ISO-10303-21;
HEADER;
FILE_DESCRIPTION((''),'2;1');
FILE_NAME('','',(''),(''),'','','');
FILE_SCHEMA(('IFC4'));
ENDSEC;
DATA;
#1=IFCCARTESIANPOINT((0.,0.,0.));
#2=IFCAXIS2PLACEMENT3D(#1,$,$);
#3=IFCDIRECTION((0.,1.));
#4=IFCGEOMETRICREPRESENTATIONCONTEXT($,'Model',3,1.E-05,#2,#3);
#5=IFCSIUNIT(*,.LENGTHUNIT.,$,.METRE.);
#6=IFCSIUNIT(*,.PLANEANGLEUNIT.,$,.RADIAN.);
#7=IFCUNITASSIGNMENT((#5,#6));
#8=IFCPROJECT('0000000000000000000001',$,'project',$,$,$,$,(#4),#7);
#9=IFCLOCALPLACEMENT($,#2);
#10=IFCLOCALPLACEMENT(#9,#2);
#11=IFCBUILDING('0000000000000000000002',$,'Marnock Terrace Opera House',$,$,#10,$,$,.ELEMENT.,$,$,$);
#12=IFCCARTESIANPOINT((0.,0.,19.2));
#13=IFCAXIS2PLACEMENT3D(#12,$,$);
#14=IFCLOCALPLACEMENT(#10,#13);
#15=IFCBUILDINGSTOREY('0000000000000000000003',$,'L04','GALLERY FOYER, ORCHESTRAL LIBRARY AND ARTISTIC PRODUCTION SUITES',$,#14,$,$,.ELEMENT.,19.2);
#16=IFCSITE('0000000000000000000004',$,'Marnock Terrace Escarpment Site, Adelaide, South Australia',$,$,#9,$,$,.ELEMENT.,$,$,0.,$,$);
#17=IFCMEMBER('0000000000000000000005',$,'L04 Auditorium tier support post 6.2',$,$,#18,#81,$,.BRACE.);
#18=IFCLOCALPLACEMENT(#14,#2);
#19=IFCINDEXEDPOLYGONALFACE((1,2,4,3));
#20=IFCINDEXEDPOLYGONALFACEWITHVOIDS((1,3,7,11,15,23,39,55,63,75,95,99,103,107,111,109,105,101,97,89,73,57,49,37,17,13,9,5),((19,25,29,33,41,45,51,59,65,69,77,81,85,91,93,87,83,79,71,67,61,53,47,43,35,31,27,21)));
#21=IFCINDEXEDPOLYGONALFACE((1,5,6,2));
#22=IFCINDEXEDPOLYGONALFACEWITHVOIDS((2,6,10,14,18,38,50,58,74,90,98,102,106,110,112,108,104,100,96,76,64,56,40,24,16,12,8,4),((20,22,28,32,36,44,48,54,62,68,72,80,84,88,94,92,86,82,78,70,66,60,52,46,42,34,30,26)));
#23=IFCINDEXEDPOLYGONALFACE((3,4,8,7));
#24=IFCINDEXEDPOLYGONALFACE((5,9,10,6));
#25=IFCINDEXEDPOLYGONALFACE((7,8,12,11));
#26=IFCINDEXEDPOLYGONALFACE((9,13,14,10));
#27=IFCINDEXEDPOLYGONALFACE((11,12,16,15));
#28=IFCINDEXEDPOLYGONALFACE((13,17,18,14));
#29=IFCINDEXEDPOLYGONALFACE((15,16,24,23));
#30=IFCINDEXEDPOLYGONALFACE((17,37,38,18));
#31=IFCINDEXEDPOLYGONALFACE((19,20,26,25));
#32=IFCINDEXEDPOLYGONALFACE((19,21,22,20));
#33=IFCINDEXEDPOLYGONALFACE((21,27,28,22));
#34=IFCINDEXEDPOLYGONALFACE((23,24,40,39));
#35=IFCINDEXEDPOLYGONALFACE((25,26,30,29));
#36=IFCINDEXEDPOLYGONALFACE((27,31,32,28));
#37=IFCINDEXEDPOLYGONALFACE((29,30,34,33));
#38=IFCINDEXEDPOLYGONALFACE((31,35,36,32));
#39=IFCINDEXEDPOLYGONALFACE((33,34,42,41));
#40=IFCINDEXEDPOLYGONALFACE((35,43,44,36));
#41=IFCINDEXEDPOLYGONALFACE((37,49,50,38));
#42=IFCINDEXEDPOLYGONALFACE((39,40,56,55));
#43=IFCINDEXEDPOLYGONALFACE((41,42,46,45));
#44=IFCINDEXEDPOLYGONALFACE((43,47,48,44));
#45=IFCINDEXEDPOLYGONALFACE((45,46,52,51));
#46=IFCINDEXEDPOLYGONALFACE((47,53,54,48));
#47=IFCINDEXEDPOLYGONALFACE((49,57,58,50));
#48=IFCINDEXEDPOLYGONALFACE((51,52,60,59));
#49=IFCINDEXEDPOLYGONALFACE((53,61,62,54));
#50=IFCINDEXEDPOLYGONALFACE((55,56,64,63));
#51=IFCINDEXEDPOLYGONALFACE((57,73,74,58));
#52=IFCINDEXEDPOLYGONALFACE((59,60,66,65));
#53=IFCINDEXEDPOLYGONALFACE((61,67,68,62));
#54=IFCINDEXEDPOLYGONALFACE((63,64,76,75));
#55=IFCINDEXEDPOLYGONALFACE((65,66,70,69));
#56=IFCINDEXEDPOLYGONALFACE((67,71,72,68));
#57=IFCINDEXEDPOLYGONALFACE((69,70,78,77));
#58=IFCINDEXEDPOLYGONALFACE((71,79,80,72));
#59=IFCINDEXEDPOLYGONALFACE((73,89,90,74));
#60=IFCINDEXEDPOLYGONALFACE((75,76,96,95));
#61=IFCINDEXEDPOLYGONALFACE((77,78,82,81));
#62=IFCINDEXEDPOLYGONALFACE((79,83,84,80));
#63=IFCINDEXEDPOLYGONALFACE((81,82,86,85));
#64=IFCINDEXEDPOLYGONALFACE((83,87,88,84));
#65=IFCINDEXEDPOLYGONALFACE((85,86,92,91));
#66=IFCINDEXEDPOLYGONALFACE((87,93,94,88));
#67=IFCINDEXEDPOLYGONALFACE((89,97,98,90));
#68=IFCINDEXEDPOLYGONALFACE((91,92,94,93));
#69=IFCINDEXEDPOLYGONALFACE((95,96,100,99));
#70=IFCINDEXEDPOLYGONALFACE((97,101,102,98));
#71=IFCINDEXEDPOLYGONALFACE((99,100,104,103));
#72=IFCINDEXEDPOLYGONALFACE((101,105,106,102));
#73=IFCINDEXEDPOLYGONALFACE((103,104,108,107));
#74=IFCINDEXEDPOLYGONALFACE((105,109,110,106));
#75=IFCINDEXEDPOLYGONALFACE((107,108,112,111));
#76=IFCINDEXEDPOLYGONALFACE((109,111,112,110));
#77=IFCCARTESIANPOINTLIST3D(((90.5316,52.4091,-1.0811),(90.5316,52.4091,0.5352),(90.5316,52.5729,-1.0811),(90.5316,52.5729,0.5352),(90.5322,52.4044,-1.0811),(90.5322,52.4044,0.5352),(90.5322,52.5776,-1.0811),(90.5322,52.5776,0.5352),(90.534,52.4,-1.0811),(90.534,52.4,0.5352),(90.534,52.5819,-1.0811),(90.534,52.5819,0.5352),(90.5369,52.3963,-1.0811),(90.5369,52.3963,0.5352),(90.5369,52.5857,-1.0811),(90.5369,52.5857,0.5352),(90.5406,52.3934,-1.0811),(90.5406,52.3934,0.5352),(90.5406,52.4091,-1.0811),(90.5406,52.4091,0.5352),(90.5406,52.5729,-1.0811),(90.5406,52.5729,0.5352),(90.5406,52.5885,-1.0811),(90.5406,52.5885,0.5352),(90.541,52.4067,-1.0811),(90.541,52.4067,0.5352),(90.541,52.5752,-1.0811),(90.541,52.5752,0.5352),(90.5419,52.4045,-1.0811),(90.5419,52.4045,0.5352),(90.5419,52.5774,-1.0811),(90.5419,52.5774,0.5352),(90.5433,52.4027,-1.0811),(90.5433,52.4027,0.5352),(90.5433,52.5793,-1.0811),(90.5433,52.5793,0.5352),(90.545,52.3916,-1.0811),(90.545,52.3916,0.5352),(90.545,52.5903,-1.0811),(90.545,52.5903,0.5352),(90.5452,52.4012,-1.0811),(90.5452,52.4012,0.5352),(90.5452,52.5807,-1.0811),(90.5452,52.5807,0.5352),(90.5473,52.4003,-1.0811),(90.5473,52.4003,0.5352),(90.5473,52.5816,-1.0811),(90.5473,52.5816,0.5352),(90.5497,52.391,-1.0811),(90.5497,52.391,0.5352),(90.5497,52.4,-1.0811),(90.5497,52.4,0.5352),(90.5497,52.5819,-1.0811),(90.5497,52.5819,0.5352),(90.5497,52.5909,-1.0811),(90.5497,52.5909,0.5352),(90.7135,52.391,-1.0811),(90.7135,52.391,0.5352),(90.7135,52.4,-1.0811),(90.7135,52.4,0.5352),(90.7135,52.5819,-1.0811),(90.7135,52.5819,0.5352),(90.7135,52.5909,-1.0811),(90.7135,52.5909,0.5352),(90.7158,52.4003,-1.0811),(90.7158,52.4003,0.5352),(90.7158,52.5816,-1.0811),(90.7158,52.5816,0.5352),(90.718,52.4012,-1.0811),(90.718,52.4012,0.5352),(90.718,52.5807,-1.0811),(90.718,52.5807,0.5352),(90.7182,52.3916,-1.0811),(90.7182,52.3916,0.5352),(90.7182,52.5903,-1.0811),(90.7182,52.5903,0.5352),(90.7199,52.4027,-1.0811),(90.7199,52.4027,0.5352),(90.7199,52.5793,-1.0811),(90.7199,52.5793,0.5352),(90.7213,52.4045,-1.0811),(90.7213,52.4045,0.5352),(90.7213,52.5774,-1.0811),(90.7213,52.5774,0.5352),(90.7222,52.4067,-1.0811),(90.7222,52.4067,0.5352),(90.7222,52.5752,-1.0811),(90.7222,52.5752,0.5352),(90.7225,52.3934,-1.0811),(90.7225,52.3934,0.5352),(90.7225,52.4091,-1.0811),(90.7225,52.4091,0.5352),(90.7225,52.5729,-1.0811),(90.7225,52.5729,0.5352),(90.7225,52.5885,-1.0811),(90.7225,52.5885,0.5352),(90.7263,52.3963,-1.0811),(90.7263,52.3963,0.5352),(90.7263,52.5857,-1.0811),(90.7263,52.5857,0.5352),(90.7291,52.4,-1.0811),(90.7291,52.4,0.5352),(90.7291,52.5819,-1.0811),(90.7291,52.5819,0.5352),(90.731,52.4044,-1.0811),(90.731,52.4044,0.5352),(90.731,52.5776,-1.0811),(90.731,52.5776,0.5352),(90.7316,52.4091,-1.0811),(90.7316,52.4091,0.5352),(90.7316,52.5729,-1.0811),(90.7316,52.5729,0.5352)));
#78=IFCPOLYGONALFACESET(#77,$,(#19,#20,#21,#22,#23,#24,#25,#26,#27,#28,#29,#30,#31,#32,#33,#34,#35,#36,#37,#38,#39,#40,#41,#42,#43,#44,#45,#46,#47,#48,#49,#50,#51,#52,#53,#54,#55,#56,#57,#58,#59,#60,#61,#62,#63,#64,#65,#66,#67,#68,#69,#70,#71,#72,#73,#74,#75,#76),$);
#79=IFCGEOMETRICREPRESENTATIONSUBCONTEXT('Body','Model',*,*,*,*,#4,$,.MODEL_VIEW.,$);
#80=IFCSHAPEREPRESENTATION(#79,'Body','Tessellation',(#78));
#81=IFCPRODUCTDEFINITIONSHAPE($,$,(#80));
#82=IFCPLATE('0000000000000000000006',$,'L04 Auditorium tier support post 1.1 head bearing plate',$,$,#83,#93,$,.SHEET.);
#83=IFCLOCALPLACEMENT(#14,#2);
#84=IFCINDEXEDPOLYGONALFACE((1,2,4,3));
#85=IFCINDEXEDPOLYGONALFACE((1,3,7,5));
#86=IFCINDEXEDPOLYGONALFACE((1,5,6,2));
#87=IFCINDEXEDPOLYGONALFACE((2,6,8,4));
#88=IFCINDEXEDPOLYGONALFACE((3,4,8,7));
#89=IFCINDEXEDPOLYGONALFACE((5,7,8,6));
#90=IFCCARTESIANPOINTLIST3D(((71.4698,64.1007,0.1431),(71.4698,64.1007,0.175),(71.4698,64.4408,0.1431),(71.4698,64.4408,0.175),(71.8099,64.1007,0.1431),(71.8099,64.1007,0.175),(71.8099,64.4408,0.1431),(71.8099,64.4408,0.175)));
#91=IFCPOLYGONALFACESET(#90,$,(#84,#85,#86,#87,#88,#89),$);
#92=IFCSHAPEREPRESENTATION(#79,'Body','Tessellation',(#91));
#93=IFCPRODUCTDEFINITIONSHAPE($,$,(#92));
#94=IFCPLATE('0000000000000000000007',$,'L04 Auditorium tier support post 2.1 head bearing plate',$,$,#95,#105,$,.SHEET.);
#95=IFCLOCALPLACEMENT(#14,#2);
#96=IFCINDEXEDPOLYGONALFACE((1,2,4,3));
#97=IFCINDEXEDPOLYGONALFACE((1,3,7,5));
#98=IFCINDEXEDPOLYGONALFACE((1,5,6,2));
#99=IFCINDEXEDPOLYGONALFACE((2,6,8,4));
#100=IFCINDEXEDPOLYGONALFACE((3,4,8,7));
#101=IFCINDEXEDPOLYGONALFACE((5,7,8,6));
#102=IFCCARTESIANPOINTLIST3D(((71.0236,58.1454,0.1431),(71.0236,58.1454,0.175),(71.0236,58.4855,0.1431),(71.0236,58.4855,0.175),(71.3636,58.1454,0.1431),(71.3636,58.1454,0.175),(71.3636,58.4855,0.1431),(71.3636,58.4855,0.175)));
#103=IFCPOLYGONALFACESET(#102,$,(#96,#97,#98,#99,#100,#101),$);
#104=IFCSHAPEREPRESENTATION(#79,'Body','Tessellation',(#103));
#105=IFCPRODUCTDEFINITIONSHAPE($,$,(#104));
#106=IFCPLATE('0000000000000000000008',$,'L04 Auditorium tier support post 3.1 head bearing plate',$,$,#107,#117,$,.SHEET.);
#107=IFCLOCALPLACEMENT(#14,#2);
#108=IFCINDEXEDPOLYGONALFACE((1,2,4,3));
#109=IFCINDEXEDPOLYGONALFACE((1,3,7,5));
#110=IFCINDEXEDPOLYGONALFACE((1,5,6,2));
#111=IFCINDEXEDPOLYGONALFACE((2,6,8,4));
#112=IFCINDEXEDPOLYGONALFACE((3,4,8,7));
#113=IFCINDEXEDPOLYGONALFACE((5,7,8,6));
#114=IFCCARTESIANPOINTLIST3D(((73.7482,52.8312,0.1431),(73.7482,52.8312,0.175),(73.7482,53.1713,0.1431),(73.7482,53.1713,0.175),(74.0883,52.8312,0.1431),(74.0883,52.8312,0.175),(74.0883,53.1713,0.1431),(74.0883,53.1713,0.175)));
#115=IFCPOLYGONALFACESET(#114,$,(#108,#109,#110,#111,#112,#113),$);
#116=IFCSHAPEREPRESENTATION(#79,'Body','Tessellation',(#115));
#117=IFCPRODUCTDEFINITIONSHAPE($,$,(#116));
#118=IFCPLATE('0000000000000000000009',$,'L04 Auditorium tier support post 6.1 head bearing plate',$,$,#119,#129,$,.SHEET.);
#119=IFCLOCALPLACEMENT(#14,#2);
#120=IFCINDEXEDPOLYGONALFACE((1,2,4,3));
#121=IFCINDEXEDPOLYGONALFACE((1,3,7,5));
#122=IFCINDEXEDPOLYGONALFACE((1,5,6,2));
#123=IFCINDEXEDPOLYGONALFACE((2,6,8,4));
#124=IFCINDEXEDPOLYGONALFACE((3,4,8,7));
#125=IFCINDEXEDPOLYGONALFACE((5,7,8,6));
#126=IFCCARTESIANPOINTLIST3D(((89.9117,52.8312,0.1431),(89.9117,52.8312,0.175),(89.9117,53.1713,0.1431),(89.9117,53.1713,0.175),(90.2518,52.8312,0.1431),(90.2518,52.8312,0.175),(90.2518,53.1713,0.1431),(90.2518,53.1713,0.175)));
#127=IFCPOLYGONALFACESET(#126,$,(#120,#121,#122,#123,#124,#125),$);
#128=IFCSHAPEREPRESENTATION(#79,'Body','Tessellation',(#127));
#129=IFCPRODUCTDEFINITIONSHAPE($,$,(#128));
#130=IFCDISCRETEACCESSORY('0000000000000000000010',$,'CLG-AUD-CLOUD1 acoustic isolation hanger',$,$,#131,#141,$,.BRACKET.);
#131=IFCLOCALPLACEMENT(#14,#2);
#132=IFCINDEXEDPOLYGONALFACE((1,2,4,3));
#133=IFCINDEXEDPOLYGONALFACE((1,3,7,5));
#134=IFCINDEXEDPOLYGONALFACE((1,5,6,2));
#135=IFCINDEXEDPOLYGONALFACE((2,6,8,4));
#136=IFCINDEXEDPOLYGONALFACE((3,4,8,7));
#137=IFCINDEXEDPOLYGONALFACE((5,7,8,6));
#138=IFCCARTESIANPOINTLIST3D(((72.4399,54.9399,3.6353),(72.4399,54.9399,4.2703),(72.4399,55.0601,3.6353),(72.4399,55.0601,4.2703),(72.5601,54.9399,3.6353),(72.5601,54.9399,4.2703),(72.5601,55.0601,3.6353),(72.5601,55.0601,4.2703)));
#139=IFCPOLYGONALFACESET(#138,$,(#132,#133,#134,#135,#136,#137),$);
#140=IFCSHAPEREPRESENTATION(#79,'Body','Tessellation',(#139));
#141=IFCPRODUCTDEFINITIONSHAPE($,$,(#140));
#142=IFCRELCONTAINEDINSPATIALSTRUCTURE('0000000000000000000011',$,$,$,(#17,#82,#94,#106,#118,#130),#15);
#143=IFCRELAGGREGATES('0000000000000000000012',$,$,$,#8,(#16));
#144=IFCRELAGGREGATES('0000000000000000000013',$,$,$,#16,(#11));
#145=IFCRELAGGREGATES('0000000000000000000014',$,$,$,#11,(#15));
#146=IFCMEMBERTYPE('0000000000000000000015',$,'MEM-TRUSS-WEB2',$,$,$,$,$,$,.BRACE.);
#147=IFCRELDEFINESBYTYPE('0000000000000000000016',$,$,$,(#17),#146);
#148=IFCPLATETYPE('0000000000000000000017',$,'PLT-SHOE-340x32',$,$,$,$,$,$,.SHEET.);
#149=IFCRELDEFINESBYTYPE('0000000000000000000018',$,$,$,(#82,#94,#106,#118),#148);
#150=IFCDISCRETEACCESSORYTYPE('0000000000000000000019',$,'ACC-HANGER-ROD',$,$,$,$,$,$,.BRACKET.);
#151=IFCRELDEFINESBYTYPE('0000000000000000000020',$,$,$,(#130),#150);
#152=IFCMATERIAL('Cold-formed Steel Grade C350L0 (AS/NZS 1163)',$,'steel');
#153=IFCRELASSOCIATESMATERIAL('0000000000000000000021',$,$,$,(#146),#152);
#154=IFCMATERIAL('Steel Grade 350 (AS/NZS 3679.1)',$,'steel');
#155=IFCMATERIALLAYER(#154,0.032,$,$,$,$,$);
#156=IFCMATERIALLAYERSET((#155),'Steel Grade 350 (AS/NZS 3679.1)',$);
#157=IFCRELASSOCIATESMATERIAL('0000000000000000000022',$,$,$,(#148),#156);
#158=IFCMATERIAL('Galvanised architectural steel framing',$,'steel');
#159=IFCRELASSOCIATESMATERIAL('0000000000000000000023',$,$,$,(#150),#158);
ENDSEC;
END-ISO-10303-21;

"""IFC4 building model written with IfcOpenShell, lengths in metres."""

from ifc_helpers import new_model, si_unit, direction, frame, origin, origin_2d, place, context, subcontext, project, spatial, rectangle, hollow_rectangle, extrude, material, layer, layer_set, material_profile, profile_set, type_object, element, save


model = new_model("IFC4")

# Units and contexts
model_context = context("Model", 3, precision=1e-05, world=origin(), true_north=direction((0.0, 1.0)))
body_context = subcontext(model_context, "Body", "Model", "MODEL_VIEW")
ifc_project = project(units=[si_unit("LENGTHUNIT", "METRE"), si_unit("PLANEANGLEUNIT", "RADIAN")], contexts=[model_context])

# Site, building, storey
site_placement = place(None, origin())
site = spatial("IfcSite", under=ifc_project, at=site_placement, Name="Marnock Terrace Escarpment Site, Adelaide, South Australia", CompositionType="ELEMENT", RefElevation=0.0)
building_placement = place(site_placement, origin())
building = spatial("IfcBuilding", under=site, at=building_placement, Name="Marnock Terrace Opera House", CompositionType="ELEMENT")
storey_placement = place(building_placement, frame((0.0, 0.0, 19.2)))
storey = spatial("IfcBuildingStorey", under=building, at=storey_placement, Name="L04", Description="GALLERY FOYER, ORCHESTRAL LIBRARY AND ARTISTIC PRODUCTION SUITES", CompositionType="ELEMENT", Elevation=19.2)

# Member
ifc_material_1 = material(Name="Cold-formed Steel Grade C350L0 (AS/NZS 1163)", Category="steel")
ifc_material_profile_1 = material_profile(ifc_material_1, hollow_rectangle(XDim=0.2, YDim=0.2, WallThickness=0.009, InnerFilletRadius=0.009, OuterFilletRadius=0.0181, at=origin_2d()))
ifc_profile_set_1 = profile_set([ifc_material_profile_1], Name="Cold-formed Steel Grade C350L0 (AS/NZS 1163)")
member_type = type_object("IfcMemberType", Name="MEM-TRUSS-WEB2", PredefinedType="BRACE", material=ifc_profile_set_1)
member_1_placement = place(storey_placement, frame((90.6316, 52.491, -1.0811), z_axis=(0.0, 0.0, 1.0), x_axis=(1.0, 0.0, 0.0)))
element("IfcMember", 1, at=member_1_placement, inside=storey, type_object=member_type, Name="L04 Auditorium tier support post 6.2", PredefinedType="BRACE", context=body_context, shape_type="SweptSolid", body=[
    extrude(hollow_rectangle(XDim=0.2, YDim=0.2, WallThickness=0.009, InnerFilletRadius=0.009, OuterFilletRadius=0.0181, at=origin_2d()), origin(), (0.0, 0.0, 1.0), 1.6162),
])

# Plates
ifc_material_2 = material(Name="Steel Grade 350 (AS/NZS 3679.1)", Category="steel")
ifc_layer = layer(ifc_material_2, 0.032)
ifc_layer_set = layer_set([ifc_layer], Name="Steel Grade 350 (AS/NZS 3679.1)")
plate_type = type_object("IfcPlateType", Name="PLT-SHOE-340x32", PredefinedType="SHEET", material=ifc_layer_set)
for number, where, z_axis, x_axis, name in (
    (2, (71.6399, 64.2708, 0.1431), (0.0, 0.0, 1.0), (1.0, 0.0, 0.0), "L04 Auditorium tier support post 1.1 head bearing plate"),
    (3, (71.1936, 58.3154, 0.1431), (0.0, 0.0, 1.0), (1.0, 0.0, 0.0), "L04 Auditorium tier support post 2.1 head bearing plate"),
    (4, (73.9182, 53.0012, 0.1431), (0.0, 0.0, 1.0), (1.0, 0.0, 0.0), "L04 Auditorium tier support post 3.1 head bearing plate"),
    (5, (90.0818, 53.0012, 0.1431), (0.0, 0.0, 1.0), (1.0, 0.0, 0.0), "L04 Auditorium tier support post 6.1 head bearing plate"),
):
    element("IfcPlate", number, at=place(storey_placement, frame(where, z_axis=z_axis, x_axis=x_axis)), inside=storey, type_object=plate_type, Name=name, PredefinedType="SHEET", context=body_context, shape_type="SweptSolid", body=[
        extrude(rectangle(XDim=0.3401, YDim=0.3401, at=origin_2d()), origin(), (0.0, 0.0, 1.0), 0.032),
    ])

# Discrete accessory
ifc_material_3 = material(Name="Galvanised architectural steel framing", Category="steel")
discrete_accessory_type = type_object("IfcDiscreteAccessoryType", Name="ACC-HANGER-ROD", PredefinedType="BRACKET", material=ifc_material_3)
discrete_accessory_placement = place(storey_placement, frame((72.5, 55.0, 3.6353), z_axis=(0.0, 0.0, 1.0), x_axis=(1.0, 0.0, 0.0)))
element("IfcDiscreteAccessory", 6, at=discrete_accessory_placement, inside=storey, type_object=discrete_accessory_type, Name="CLG-AUD-CLOUD1 acoustic isolation hanger", PredefinedType="BRACKET", context=body_context, shape_type="SweptSolid", body=[
    extrude(rectangle(XDim=0.1201, YDim=0.1201, at=origin_2d()), origin(), (0.0, 0.0, 1.0), 0.635),
])

save(model, "model.ifc")
